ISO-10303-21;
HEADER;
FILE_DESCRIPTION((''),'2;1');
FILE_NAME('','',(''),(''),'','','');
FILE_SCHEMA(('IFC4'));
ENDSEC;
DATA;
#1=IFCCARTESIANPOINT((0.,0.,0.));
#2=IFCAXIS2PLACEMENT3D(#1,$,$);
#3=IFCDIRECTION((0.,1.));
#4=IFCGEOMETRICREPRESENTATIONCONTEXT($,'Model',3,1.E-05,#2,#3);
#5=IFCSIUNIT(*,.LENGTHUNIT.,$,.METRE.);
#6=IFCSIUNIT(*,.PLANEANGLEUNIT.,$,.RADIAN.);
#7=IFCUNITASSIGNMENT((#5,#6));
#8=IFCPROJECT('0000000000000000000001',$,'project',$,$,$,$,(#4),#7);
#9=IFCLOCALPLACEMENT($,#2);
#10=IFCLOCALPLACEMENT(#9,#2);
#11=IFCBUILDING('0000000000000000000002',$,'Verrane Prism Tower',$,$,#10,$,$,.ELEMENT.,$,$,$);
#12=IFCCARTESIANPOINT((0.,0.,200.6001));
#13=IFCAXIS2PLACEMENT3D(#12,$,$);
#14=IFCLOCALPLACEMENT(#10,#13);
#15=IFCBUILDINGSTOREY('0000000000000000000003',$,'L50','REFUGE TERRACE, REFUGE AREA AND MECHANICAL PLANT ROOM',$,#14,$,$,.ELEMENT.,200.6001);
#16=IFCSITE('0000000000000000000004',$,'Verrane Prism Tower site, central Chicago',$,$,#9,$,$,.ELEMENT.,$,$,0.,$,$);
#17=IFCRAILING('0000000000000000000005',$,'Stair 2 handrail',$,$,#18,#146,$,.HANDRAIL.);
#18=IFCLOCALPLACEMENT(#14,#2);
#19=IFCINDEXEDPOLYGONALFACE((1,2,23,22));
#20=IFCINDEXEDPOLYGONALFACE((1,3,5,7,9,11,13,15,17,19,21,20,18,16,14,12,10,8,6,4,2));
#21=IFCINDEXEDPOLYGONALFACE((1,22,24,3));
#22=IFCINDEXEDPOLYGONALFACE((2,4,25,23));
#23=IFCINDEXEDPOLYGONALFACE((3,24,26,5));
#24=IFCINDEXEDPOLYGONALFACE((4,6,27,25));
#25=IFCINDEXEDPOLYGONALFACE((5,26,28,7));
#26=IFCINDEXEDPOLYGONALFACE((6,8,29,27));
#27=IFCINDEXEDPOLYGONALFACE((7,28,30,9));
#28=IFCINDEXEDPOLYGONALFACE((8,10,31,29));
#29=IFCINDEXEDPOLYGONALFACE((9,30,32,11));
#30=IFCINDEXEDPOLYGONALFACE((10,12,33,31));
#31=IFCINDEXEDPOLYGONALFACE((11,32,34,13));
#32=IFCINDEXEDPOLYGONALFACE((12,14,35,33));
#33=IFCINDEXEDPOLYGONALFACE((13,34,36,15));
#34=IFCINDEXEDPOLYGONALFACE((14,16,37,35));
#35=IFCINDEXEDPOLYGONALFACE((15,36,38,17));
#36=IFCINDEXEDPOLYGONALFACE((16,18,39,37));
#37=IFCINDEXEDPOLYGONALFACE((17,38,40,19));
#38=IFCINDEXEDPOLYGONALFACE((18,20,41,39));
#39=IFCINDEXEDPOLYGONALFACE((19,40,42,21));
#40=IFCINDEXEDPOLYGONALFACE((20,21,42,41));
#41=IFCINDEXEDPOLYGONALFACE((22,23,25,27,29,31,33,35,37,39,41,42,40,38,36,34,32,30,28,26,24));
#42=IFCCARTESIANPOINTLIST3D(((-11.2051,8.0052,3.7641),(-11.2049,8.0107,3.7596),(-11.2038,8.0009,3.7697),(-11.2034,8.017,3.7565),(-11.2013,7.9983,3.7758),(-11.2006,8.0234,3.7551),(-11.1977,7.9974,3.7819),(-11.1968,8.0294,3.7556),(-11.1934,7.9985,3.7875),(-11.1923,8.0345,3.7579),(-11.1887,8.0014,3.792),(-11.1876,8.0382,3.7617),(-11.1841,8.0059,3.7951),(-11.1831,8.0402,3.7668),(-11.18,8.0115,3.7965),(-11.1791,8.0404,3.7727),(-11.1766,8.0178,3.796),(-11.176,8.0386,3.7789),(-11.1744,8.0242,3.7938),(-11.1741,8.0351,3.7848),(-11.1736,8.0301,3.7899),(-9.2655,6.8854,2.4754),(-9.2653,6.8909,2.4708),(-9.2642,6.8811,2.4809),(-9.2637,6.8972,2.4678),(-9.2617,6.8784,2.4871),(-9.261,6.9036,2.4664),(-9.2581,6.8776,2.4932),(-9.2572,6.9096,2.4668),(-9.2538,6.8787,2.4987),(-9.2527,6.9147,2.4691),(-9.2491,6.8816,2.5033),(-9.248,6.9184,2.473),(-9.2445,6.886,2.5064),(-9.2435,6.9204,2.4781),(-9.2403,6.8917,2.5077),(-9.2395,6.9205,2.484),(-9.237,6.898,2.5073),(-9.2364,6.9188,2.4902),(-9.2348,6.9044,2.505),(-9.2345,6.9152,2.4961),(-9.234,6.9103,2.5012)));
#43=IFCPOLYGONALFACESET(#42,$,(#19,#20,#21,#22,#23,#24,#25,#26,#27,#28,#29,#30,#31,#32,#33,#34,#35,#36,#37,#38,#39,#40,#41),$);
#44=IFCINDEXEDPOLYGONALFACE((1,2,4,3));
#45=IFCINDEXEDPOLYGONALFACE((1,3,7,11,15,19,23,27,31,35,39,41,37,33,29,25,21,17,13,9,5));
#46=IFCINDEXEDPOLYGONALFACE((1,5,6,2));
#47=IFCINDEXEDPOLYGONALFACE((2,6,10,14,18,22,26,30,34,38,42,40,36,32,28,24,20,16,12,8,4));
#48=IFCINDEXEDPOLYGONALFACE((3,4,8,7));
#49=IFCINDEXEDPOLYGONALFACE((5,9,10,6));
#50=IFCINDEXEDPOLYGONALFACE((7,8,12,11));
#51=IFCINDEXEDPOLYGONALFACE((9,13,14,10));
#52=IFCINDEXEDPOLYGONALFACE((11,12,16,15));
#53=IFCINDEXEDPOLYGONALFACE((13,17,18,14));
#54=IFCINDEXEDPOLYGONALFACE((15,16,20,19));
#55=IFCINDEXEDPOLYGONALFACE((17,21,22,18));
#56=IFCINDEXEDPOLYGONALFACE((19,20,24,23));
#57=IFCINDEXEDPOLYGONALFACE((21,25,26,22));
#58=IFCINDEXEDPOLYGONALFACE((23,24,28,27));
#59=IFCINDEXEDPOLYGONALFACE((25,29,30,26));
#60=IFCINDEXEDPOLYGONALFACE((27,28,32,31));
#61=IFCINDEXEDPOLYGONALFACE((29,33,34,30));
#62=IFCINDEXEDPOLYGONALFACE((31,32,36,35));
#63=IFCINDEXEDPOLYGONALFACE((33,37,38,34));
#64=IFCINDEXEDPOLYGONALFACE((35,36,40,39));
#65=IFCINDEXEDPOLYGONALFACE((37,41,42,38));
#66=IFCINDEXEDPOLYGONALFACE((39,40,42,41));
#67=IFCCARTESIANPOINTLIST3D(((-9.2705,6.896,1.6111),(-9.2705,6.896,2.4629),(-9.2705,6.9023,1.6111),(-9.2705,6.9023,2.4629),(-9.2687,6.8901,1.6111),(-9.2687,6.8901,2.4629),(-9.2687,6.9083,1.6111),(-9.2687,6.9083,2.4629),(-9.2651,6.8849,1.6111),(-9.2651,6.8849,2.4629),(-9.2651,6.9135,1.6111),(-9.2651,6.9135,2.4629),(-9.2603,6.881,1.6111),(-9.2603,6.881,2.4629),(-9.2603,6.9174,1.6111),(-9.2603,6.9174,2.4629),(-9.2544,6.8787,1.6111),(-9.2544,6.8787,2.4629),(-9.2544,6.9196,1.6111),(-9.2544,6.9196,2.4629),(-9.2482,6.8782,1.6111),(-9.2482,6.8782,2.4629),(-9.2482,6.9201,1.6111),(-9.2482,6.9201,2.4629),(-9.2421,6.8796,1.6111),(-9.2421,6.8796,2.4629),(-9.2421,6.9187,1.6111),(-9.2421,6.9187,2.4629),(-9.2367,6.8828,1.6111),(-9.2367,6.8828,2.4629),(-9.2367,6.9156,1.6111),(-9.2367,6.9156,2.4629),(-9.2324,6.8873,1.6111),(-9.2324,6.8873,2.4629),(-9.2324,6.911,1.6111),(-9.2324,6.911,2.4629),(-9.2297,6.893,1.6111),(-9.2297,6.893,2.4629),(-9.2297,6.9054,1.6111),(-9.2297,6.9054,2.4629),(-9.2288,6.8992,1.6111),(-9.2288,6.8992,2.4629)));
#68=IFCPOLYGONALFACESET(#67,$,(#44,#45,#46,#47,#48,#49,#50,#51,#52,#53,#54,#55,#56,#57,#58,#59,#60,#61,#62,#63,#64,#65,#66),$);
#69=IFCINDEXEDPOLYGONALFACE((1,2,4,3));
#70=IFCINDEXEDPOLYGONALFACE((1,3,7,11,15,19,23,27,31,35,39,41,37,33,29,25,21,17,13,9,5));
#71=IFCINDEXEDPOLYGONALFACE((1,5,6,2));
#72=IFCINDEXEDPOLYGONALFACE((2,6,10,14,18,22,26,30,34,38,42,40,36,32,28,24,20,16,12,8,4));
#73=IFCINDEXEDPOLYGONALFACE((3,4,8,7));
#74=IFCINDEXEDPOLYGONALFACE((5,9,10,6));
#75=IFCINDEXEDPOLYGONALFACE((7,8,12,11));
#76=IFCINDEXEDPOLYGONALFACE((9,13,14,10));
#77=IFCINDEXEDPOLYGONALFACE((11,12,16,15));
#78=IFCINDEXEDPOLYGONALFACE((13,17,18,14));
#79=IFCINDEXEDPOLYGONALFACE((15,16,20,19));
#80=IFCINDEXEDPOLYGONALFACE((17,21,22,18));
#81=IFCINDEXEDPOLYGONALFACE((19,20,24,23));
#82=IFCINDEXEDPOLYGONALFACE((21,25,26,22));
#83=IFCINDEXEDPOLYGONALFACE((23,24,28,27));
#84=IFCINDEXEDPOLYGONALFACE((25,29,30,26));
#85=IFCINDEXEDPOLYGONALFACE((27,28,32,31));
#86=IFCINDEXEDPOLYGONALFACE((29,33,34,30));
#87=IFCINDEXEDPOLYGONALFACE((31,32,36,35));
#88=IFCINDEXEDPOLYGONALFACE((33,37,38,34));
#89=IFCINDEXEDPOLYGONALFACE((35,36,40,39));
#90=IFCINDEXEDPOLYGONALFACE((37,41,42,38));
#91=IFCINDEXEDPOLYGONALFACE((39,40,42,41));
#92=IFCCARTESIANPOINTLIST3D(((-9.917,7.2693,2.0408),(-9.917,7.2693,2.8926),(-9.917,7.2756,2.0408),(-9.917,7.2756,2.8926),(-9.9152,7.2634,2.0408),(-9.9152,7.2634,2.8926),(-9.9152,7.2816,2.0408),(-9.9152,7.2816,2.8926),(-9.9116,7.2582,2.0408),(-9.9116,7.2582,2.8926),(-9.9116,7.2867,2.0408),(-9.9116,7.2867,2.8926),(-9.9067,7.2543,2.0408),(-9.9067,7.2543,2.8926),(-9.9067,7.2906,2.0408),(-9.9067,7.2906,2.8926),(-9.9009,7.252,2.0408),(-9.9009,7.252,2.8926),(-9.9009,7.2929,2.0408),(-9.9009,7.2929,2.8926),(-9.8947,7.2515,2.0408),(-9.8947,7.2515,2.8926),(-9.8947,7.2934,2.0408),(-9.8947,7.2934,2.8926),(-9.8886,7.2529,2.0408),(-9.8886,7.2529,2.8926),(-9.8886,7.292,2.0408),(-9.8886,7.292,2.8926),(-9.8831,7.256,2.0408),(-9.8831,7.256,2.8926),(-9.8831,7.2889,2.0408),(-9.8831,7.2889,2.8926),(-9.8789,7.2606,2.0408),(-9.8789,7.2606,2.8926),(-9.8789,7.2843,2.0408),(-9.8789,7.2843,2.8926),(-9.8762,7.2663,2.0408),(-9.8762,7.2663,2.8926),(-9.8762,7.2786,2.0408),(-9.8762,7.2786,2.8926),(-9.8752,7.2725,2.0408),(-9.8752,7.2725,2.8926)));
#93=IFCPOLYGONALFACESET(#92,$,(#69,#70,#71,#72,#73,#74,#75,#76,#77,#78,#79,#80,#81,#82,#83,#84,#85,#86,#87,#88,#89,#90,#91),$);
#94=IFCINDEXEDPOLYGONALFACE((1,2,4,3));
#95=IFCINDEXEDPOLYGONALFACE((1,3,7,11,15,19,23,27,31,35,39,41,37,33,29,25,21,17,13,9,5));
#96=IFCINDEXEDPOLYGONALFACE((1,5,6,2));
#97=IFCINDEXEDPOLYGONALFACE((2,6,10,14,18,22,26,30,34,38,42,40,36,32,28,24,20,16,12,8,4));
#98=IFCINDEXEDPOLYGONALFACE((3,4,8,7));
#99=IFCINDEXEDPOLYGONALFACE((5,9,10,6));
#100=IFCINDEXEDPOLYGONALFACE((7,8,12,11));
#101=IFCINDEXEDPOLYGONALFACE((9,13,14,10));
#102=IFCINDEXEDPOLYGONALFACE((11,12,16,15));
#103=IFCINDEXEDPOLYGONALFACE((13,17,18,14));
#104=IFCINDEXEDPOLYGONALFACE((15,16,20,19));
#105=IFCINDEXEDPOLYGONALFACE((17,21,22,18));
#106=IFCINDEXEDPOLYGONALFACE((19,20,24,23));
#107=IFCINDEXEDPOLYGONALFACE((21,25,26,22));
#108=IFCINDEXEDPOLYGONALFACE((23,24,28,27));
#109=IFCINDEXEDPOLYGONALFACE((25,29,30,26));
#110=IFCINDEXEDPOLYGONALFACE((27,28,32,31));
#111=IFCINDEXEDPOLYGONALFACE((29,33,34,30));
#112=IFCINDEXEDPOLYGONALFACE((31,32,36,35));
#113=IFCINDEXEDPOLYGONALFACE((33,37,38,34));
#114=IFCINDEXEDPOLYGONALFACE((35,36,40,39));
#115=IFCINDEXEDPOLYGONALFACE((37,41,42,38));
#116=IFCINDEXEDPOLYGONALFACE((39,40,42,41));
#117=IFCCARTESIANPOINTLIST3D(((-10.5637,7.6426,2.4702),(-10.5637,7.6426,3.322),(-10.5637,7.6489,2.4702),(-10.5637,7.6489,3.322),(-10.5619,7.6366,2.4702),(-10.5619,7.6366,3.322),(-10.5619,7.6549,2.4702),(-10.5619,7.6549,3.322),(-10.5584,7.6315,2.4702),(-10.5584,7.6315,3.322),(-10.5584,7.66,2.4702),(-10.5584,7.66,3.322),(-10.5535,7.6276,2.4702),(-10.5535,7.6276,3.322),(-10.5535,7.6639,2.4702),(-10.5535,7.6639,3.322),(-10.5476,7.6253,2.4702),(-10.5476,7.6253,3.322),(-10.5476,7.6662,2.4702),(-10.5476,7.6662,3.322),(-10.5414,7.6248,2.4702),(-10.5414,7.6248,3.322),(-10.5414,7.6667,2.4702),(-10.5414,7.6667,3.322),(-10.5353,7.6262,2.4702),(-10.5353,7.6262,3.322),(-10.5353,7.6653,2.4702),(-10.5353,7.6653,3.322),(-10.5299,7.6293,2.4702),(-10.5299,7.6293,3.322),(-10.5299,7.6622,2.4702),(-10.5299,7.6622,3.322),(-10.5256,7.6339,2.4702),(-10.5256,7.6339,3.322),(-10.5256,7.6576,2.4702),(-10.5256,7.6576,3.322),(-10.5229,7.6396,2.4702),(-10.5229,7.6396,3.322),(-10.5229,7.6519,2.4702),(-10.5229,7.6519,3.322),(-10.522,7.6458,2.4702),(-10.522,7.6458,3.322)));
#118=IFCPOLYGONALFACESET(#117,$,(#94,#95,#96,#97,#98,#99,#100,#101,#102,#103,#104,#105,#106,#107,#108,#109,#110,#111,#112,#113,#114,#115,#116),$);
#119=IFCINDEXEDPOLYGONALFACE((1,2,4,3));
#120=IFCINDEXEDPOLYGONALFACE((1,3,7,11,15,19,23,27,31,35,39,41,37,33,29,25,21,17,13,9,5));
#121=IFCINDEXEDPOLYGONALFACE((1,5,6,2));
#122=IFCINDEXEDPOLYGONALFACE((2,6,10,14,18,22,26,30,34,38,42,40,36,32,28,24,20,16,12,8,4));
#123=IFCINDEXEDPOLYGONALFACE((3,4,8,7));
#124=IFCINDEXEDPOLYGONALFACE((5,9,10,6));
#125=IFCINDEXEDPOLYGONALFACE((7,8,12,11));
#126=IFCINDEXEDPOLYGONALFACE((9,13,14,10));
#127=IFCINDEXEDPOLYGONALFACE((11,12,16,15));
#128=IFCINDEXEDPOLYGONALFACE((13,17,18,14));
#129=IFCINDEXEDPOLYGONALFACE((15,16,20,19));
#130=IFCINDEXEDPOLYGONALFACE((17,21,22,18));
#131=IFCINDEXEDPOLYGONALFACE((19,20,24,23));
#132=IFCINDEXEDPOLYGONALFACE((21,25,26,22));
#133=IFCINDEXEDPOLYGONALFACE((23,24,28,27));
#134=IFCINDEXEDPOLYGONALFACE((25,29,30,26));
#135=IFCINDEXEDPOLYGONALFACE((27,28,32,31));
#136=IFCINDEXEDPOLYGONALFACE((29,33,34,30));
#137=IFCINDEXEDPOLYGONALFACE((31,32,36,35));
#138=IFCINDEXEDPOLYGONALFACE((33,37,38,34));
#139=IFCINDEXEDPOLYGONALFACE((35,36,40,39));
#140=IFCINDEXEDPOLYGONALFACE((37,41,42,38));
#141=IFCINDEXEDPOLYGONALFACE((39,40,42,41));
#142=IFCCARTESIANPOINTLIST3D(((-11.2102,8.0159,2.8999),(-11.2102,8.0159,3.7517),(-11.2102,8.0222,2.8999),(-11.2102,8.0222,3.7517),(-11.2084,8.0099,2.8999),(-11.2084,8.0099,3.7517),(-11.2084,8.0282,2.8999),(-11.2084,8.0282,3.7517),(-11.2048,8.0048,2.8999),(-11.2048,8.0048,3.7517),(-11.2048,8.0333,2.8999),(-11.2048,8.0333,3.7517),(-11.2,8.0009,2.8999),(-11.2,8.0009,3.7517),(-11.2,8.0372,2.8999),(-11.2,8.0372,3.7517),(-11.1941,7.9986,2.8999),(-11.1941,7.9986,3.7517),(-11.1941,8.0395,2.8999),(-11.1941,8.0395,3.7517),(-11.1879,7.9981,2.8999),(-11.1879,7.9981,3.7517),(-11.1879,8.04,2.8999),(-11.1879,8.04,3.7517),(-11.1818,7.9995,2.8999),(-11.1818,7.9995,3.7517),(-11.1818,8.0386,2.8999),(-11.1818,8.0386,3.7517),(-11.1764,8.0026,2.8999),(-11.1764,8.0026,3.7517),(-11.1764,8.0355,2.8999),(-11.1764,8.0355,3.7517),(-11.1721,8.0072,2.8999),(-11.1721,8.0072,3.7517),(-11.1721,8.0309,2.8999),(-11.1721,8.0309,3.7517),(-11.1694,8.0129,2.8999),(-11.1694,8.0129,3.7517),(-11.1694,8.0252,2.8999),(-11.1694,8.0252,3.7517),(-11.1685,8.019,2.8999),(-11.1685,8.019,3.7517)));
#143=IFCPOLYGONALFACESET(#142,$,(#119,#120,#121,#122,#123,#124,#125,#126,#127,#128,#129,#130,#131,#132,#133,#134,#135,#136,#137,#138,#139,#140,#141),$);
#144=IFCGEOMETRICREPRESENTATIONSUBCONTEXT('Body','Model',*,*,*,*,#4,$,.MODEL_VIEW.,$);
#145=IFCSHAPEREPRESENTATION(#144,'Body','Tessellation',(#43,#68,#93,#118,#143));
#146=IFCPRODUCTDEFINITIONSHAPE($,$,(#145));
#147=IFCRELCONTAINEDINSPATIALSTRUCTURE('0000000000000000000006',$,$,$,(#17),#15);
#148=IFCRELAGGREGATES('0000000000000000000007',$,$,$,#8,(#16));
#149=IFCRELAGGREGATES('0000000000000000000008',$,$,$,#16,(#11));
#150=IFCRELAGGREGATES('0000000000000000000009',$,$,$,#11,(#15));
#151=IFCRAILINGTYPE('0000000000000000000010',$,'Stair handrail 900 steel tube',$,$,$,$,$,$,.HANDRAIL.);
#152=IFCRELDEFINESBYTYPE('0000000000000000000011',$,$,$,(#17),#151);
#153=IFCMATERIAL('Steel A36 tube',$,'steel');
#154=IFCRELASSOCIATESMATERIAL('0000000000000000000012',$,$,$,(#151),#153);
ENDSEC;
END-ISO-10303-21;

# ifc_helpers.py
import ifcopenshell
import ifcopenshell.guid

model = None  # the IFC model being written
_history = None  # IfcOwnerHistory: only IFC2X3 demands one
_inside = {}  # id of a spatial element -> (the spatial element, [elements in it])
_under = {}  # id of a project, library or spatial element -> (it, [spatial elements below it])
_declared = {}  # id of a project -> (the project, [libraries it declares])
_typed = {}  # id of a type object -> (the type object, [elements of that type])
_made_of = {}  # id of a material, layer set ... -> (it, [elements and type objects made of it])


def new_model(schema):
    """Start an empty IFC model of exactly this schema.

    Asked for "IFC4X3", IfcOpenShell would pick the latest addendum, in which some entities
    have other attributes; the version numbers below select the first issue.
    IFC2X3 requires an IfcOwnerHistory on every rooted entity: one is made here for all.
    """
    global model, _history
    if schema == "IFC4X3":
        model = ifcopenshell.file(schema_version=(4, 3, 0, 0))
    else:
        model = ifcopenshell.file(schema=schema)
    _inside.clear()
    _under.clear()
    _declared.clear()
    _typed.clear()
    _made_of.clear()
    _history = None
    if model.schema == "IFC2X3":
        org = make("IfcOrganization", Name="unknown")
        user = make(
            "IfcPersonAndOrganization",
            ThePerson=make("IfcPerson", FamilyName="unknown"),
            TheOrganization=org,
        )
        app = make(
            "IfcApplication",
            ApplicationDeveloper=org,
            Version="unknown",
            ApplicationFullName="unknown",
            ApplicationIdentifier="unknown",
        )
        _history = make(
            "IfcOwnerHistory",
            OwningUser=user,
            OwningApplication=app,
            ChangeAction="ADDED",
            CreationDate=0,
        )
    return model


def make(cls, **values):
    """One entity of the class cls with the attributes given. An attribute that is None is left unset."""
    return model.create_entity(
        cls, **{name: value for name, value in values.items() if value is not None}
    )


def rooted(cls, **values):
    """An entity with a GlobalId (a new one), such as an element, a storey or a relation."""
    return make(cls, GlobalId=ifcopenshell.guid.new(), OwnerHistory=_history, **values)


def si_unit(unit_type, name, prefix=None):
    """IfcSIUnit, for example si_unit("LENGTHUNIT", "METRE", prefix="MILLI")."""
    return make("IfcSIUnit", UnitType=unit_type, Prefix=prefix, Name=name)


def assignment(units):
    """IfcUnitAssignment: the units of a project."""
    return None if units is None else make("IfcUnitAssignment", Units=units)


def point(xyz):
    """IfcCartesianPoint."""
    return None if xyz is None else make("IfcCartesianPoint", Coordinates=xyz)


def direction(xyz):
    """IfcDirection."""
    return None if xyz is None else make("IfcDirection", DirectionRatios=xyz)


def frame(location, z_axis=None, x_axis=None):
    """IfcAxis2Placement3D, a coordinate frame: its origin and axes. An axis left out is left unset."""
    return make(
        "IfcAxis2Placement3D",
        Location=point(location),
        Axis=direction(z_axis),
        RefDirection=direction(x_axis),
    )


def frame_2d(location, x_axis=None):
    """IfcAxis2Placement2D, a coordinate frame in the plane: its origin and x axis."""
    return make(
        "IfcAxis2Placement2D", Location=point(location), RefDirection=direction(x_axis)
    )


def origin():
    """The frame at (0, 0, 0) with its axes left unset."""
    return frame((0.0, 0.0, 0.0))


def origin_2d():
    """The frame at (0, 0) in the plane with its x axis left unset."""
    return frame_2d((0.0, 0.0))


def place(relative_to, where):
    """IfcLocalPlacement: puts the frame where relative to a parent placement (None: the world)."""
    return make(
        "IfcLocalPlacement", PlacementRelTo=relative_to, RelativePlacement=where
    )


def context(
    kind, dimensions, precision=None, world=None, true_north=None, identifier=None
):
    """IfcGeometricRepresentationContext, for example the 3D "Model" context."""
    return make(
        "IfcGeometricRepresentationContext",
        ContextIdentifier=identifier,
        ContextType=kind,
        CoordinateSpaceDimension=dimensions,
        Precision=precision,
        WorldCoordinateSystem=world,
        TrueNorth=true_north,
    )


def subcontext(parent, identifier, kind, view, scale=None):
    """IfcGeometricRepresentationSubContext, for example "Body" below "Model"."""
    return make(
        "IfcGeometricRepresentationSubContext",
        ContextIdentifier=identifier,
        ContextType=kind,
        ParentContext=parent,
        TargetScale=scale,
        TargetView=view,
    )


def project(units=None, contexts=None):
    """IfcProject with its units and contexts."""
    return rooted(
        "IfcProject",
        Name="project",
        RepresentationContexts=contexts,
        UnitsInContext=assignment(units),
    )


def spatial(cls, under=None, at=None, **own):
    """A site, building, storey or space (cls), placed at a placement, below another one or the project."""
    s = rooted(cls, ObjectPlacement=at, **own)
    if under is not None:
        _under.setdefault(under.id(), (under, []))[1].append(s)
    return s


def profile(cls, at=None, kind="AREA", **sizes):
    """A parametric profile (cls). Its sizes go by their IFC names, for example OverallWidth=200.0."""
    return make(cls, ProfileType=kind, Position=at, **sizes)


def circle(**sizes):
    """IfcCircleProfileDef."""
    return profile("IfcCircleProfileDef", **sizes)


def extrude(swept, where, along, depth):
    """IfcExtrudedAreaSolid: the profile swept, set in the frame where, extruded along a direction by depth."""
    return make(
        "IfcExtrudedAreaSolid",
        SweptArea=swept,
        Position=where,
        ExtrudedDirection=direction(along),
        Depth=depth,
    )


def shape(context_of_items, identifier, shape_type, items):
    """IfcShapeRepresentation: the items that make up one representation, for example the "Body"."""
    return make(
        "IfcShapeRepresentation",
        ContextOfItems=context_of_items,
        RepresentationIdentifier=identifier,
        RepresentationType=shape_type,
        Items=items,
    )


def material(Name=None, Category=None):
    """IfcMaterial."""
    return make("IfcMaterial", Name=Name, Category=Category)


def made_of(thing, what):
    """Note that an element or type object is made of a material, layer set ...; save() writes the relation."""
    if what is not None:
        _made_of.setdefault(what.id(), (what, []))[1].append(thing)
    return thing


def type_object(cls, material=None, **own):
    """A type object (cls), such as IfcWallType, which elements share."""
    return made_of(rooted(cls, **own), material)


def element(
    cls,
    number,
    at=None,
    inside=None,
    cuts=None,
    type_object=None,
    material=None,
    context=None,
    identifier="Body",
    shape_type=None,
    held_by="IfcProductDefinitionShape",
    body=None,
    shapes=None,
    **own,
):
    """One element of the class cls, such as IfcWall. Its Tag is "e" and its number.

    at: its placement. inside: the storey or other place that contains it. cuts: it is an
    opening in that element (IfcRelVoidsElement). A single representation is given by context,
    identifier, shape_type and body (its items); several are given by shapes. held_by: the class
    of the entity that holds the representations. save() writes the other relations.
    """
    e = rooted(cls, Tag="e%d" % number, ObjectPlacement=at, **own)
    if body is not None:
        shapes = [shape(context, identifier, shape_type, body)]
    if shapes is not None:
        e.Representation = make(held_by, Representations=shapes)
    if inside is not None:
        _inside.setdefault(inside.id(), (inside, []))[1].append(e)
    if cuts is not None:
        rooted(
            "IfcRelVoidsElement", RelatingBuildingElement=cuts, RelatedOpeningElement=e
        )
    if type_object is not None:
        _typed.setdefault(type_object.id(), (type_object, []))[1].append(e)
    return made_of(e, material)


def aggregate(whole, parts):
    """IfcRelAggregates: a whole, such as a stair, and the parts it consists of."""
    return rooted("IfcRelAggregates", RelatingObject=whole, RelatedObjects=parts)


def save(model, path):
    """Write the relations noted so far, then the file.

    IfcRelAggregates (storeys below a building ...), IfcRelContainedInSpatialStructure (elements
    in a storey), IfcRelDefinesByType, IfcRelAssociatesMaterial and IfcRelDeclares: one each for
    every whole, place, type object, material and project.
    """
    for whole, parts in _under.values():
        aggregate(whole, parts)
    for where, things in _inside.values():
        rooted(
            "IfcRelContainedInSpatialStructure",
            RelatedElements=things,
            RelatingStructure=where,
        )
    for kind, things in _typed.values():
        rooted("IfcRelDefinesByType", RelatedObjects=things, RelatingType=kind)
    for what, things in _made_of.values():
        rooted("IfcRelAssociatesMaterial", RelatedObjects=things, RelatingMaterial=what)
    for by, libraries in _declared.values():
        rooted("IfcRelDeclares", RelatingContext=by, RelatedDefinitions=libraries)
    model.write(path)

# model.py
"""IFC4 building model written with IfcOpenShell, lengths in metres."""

from ifc_helpers import new_model, si_unit, direction, frame, origin, origin_2d, place, context, subcontext, project, spatial, circle, extrude, material, type_object, element, save


model = new_model("IFC4")

# Units and contexts
model_context = context("Model", 3, precision=1e-05, world=origin(), true_north=direction((0.0, 1.0)))
body_context = subcontext(model_context, "Body", "Model", "MODEL_VIEW")
ifc_project = project(units=[si_unit("LENGTHUNIT", "METRE"), si_unit("PLANEANGLEUNIT", "RADIAN")], contexts=[model_context])

# Site, building, storey
site_placement = place(None, origin())
site = spatial("IfcSite", under=ifc_project, at=site_placement, Name="Verrane Prism Tower site, central Chicago", CompositionType="ELEMENT", RefElevation=0.0)
building_placement = place(site_placement, origin())
building = spatial("IfcBuilding", under=site, at=building_placement, Name="Verrane Prism Tower", CompositionType="ELEMENT")
storey_placement = place(building_placement, frame((0.0, 0.0, 200.6001)))
storey = spatial("IfcBuildingStorey", under=building, at=storey_placement, Name="L50", Description="REFUGE TERRACE, REFUGE AREA AND MECHANICAL PLANT ROOM", CompositionType="ELEMENT", Elevation=200.6001)

# Railing
ifc_material_1 = material(Name="Steel A36 tube", Category="steel")
railing_type = type_object("IfcRailingType", Name="Stair handrail 900 steel tube", PredefinedType="HANDRAIL", material=ifc_material_1)
for number, where, name in (
    (1, (-9.2498, 6.8992, 1.6111), "Stair 2 handrail"),
):
    element("IfcRailing", number, at=place(storey_placement, frame(where)), inside=storey, type_object=railing_type, Name=name, PredefinedType="HANDRAIL", context=body_context, shape_type="SweptSolid", body=[
        extrude(circle(Radius=0.0239, at=origin_2d()), frame((0.0, 0.0, 0.876), z_axis=(-0.750627, 0.43337, 0.498749), x_axis=(-0.499996, -0.866028, 0.0)), (0.0, 0.0, 1.0), 2.584),
        extrude(circle(Radius=0.021, at=origin_2d()), origin(), (0.0, 0.0, 1.0), 0.8518),
        extrude(circle(Radius=0.021, at=origin_2d()), frame((-0.6465, 0.3733, 0.4297)), (0.0, 0.0, 1.0), 0.8518),
        extrude(circle(Radius=0.021, at=origin_2d()), frame((-1.2932, 0.7466, 0.8591)), (0.0, 0.0, 1.0), 0.8518),
        extrude(circle(Radius=0.021, at=origin_2d()), frame((-1.9397, 1.1199, 1.2888)), (0.0, 0.0, 1.0), 0.8518),
    ])

save(model, "model.ifc")
